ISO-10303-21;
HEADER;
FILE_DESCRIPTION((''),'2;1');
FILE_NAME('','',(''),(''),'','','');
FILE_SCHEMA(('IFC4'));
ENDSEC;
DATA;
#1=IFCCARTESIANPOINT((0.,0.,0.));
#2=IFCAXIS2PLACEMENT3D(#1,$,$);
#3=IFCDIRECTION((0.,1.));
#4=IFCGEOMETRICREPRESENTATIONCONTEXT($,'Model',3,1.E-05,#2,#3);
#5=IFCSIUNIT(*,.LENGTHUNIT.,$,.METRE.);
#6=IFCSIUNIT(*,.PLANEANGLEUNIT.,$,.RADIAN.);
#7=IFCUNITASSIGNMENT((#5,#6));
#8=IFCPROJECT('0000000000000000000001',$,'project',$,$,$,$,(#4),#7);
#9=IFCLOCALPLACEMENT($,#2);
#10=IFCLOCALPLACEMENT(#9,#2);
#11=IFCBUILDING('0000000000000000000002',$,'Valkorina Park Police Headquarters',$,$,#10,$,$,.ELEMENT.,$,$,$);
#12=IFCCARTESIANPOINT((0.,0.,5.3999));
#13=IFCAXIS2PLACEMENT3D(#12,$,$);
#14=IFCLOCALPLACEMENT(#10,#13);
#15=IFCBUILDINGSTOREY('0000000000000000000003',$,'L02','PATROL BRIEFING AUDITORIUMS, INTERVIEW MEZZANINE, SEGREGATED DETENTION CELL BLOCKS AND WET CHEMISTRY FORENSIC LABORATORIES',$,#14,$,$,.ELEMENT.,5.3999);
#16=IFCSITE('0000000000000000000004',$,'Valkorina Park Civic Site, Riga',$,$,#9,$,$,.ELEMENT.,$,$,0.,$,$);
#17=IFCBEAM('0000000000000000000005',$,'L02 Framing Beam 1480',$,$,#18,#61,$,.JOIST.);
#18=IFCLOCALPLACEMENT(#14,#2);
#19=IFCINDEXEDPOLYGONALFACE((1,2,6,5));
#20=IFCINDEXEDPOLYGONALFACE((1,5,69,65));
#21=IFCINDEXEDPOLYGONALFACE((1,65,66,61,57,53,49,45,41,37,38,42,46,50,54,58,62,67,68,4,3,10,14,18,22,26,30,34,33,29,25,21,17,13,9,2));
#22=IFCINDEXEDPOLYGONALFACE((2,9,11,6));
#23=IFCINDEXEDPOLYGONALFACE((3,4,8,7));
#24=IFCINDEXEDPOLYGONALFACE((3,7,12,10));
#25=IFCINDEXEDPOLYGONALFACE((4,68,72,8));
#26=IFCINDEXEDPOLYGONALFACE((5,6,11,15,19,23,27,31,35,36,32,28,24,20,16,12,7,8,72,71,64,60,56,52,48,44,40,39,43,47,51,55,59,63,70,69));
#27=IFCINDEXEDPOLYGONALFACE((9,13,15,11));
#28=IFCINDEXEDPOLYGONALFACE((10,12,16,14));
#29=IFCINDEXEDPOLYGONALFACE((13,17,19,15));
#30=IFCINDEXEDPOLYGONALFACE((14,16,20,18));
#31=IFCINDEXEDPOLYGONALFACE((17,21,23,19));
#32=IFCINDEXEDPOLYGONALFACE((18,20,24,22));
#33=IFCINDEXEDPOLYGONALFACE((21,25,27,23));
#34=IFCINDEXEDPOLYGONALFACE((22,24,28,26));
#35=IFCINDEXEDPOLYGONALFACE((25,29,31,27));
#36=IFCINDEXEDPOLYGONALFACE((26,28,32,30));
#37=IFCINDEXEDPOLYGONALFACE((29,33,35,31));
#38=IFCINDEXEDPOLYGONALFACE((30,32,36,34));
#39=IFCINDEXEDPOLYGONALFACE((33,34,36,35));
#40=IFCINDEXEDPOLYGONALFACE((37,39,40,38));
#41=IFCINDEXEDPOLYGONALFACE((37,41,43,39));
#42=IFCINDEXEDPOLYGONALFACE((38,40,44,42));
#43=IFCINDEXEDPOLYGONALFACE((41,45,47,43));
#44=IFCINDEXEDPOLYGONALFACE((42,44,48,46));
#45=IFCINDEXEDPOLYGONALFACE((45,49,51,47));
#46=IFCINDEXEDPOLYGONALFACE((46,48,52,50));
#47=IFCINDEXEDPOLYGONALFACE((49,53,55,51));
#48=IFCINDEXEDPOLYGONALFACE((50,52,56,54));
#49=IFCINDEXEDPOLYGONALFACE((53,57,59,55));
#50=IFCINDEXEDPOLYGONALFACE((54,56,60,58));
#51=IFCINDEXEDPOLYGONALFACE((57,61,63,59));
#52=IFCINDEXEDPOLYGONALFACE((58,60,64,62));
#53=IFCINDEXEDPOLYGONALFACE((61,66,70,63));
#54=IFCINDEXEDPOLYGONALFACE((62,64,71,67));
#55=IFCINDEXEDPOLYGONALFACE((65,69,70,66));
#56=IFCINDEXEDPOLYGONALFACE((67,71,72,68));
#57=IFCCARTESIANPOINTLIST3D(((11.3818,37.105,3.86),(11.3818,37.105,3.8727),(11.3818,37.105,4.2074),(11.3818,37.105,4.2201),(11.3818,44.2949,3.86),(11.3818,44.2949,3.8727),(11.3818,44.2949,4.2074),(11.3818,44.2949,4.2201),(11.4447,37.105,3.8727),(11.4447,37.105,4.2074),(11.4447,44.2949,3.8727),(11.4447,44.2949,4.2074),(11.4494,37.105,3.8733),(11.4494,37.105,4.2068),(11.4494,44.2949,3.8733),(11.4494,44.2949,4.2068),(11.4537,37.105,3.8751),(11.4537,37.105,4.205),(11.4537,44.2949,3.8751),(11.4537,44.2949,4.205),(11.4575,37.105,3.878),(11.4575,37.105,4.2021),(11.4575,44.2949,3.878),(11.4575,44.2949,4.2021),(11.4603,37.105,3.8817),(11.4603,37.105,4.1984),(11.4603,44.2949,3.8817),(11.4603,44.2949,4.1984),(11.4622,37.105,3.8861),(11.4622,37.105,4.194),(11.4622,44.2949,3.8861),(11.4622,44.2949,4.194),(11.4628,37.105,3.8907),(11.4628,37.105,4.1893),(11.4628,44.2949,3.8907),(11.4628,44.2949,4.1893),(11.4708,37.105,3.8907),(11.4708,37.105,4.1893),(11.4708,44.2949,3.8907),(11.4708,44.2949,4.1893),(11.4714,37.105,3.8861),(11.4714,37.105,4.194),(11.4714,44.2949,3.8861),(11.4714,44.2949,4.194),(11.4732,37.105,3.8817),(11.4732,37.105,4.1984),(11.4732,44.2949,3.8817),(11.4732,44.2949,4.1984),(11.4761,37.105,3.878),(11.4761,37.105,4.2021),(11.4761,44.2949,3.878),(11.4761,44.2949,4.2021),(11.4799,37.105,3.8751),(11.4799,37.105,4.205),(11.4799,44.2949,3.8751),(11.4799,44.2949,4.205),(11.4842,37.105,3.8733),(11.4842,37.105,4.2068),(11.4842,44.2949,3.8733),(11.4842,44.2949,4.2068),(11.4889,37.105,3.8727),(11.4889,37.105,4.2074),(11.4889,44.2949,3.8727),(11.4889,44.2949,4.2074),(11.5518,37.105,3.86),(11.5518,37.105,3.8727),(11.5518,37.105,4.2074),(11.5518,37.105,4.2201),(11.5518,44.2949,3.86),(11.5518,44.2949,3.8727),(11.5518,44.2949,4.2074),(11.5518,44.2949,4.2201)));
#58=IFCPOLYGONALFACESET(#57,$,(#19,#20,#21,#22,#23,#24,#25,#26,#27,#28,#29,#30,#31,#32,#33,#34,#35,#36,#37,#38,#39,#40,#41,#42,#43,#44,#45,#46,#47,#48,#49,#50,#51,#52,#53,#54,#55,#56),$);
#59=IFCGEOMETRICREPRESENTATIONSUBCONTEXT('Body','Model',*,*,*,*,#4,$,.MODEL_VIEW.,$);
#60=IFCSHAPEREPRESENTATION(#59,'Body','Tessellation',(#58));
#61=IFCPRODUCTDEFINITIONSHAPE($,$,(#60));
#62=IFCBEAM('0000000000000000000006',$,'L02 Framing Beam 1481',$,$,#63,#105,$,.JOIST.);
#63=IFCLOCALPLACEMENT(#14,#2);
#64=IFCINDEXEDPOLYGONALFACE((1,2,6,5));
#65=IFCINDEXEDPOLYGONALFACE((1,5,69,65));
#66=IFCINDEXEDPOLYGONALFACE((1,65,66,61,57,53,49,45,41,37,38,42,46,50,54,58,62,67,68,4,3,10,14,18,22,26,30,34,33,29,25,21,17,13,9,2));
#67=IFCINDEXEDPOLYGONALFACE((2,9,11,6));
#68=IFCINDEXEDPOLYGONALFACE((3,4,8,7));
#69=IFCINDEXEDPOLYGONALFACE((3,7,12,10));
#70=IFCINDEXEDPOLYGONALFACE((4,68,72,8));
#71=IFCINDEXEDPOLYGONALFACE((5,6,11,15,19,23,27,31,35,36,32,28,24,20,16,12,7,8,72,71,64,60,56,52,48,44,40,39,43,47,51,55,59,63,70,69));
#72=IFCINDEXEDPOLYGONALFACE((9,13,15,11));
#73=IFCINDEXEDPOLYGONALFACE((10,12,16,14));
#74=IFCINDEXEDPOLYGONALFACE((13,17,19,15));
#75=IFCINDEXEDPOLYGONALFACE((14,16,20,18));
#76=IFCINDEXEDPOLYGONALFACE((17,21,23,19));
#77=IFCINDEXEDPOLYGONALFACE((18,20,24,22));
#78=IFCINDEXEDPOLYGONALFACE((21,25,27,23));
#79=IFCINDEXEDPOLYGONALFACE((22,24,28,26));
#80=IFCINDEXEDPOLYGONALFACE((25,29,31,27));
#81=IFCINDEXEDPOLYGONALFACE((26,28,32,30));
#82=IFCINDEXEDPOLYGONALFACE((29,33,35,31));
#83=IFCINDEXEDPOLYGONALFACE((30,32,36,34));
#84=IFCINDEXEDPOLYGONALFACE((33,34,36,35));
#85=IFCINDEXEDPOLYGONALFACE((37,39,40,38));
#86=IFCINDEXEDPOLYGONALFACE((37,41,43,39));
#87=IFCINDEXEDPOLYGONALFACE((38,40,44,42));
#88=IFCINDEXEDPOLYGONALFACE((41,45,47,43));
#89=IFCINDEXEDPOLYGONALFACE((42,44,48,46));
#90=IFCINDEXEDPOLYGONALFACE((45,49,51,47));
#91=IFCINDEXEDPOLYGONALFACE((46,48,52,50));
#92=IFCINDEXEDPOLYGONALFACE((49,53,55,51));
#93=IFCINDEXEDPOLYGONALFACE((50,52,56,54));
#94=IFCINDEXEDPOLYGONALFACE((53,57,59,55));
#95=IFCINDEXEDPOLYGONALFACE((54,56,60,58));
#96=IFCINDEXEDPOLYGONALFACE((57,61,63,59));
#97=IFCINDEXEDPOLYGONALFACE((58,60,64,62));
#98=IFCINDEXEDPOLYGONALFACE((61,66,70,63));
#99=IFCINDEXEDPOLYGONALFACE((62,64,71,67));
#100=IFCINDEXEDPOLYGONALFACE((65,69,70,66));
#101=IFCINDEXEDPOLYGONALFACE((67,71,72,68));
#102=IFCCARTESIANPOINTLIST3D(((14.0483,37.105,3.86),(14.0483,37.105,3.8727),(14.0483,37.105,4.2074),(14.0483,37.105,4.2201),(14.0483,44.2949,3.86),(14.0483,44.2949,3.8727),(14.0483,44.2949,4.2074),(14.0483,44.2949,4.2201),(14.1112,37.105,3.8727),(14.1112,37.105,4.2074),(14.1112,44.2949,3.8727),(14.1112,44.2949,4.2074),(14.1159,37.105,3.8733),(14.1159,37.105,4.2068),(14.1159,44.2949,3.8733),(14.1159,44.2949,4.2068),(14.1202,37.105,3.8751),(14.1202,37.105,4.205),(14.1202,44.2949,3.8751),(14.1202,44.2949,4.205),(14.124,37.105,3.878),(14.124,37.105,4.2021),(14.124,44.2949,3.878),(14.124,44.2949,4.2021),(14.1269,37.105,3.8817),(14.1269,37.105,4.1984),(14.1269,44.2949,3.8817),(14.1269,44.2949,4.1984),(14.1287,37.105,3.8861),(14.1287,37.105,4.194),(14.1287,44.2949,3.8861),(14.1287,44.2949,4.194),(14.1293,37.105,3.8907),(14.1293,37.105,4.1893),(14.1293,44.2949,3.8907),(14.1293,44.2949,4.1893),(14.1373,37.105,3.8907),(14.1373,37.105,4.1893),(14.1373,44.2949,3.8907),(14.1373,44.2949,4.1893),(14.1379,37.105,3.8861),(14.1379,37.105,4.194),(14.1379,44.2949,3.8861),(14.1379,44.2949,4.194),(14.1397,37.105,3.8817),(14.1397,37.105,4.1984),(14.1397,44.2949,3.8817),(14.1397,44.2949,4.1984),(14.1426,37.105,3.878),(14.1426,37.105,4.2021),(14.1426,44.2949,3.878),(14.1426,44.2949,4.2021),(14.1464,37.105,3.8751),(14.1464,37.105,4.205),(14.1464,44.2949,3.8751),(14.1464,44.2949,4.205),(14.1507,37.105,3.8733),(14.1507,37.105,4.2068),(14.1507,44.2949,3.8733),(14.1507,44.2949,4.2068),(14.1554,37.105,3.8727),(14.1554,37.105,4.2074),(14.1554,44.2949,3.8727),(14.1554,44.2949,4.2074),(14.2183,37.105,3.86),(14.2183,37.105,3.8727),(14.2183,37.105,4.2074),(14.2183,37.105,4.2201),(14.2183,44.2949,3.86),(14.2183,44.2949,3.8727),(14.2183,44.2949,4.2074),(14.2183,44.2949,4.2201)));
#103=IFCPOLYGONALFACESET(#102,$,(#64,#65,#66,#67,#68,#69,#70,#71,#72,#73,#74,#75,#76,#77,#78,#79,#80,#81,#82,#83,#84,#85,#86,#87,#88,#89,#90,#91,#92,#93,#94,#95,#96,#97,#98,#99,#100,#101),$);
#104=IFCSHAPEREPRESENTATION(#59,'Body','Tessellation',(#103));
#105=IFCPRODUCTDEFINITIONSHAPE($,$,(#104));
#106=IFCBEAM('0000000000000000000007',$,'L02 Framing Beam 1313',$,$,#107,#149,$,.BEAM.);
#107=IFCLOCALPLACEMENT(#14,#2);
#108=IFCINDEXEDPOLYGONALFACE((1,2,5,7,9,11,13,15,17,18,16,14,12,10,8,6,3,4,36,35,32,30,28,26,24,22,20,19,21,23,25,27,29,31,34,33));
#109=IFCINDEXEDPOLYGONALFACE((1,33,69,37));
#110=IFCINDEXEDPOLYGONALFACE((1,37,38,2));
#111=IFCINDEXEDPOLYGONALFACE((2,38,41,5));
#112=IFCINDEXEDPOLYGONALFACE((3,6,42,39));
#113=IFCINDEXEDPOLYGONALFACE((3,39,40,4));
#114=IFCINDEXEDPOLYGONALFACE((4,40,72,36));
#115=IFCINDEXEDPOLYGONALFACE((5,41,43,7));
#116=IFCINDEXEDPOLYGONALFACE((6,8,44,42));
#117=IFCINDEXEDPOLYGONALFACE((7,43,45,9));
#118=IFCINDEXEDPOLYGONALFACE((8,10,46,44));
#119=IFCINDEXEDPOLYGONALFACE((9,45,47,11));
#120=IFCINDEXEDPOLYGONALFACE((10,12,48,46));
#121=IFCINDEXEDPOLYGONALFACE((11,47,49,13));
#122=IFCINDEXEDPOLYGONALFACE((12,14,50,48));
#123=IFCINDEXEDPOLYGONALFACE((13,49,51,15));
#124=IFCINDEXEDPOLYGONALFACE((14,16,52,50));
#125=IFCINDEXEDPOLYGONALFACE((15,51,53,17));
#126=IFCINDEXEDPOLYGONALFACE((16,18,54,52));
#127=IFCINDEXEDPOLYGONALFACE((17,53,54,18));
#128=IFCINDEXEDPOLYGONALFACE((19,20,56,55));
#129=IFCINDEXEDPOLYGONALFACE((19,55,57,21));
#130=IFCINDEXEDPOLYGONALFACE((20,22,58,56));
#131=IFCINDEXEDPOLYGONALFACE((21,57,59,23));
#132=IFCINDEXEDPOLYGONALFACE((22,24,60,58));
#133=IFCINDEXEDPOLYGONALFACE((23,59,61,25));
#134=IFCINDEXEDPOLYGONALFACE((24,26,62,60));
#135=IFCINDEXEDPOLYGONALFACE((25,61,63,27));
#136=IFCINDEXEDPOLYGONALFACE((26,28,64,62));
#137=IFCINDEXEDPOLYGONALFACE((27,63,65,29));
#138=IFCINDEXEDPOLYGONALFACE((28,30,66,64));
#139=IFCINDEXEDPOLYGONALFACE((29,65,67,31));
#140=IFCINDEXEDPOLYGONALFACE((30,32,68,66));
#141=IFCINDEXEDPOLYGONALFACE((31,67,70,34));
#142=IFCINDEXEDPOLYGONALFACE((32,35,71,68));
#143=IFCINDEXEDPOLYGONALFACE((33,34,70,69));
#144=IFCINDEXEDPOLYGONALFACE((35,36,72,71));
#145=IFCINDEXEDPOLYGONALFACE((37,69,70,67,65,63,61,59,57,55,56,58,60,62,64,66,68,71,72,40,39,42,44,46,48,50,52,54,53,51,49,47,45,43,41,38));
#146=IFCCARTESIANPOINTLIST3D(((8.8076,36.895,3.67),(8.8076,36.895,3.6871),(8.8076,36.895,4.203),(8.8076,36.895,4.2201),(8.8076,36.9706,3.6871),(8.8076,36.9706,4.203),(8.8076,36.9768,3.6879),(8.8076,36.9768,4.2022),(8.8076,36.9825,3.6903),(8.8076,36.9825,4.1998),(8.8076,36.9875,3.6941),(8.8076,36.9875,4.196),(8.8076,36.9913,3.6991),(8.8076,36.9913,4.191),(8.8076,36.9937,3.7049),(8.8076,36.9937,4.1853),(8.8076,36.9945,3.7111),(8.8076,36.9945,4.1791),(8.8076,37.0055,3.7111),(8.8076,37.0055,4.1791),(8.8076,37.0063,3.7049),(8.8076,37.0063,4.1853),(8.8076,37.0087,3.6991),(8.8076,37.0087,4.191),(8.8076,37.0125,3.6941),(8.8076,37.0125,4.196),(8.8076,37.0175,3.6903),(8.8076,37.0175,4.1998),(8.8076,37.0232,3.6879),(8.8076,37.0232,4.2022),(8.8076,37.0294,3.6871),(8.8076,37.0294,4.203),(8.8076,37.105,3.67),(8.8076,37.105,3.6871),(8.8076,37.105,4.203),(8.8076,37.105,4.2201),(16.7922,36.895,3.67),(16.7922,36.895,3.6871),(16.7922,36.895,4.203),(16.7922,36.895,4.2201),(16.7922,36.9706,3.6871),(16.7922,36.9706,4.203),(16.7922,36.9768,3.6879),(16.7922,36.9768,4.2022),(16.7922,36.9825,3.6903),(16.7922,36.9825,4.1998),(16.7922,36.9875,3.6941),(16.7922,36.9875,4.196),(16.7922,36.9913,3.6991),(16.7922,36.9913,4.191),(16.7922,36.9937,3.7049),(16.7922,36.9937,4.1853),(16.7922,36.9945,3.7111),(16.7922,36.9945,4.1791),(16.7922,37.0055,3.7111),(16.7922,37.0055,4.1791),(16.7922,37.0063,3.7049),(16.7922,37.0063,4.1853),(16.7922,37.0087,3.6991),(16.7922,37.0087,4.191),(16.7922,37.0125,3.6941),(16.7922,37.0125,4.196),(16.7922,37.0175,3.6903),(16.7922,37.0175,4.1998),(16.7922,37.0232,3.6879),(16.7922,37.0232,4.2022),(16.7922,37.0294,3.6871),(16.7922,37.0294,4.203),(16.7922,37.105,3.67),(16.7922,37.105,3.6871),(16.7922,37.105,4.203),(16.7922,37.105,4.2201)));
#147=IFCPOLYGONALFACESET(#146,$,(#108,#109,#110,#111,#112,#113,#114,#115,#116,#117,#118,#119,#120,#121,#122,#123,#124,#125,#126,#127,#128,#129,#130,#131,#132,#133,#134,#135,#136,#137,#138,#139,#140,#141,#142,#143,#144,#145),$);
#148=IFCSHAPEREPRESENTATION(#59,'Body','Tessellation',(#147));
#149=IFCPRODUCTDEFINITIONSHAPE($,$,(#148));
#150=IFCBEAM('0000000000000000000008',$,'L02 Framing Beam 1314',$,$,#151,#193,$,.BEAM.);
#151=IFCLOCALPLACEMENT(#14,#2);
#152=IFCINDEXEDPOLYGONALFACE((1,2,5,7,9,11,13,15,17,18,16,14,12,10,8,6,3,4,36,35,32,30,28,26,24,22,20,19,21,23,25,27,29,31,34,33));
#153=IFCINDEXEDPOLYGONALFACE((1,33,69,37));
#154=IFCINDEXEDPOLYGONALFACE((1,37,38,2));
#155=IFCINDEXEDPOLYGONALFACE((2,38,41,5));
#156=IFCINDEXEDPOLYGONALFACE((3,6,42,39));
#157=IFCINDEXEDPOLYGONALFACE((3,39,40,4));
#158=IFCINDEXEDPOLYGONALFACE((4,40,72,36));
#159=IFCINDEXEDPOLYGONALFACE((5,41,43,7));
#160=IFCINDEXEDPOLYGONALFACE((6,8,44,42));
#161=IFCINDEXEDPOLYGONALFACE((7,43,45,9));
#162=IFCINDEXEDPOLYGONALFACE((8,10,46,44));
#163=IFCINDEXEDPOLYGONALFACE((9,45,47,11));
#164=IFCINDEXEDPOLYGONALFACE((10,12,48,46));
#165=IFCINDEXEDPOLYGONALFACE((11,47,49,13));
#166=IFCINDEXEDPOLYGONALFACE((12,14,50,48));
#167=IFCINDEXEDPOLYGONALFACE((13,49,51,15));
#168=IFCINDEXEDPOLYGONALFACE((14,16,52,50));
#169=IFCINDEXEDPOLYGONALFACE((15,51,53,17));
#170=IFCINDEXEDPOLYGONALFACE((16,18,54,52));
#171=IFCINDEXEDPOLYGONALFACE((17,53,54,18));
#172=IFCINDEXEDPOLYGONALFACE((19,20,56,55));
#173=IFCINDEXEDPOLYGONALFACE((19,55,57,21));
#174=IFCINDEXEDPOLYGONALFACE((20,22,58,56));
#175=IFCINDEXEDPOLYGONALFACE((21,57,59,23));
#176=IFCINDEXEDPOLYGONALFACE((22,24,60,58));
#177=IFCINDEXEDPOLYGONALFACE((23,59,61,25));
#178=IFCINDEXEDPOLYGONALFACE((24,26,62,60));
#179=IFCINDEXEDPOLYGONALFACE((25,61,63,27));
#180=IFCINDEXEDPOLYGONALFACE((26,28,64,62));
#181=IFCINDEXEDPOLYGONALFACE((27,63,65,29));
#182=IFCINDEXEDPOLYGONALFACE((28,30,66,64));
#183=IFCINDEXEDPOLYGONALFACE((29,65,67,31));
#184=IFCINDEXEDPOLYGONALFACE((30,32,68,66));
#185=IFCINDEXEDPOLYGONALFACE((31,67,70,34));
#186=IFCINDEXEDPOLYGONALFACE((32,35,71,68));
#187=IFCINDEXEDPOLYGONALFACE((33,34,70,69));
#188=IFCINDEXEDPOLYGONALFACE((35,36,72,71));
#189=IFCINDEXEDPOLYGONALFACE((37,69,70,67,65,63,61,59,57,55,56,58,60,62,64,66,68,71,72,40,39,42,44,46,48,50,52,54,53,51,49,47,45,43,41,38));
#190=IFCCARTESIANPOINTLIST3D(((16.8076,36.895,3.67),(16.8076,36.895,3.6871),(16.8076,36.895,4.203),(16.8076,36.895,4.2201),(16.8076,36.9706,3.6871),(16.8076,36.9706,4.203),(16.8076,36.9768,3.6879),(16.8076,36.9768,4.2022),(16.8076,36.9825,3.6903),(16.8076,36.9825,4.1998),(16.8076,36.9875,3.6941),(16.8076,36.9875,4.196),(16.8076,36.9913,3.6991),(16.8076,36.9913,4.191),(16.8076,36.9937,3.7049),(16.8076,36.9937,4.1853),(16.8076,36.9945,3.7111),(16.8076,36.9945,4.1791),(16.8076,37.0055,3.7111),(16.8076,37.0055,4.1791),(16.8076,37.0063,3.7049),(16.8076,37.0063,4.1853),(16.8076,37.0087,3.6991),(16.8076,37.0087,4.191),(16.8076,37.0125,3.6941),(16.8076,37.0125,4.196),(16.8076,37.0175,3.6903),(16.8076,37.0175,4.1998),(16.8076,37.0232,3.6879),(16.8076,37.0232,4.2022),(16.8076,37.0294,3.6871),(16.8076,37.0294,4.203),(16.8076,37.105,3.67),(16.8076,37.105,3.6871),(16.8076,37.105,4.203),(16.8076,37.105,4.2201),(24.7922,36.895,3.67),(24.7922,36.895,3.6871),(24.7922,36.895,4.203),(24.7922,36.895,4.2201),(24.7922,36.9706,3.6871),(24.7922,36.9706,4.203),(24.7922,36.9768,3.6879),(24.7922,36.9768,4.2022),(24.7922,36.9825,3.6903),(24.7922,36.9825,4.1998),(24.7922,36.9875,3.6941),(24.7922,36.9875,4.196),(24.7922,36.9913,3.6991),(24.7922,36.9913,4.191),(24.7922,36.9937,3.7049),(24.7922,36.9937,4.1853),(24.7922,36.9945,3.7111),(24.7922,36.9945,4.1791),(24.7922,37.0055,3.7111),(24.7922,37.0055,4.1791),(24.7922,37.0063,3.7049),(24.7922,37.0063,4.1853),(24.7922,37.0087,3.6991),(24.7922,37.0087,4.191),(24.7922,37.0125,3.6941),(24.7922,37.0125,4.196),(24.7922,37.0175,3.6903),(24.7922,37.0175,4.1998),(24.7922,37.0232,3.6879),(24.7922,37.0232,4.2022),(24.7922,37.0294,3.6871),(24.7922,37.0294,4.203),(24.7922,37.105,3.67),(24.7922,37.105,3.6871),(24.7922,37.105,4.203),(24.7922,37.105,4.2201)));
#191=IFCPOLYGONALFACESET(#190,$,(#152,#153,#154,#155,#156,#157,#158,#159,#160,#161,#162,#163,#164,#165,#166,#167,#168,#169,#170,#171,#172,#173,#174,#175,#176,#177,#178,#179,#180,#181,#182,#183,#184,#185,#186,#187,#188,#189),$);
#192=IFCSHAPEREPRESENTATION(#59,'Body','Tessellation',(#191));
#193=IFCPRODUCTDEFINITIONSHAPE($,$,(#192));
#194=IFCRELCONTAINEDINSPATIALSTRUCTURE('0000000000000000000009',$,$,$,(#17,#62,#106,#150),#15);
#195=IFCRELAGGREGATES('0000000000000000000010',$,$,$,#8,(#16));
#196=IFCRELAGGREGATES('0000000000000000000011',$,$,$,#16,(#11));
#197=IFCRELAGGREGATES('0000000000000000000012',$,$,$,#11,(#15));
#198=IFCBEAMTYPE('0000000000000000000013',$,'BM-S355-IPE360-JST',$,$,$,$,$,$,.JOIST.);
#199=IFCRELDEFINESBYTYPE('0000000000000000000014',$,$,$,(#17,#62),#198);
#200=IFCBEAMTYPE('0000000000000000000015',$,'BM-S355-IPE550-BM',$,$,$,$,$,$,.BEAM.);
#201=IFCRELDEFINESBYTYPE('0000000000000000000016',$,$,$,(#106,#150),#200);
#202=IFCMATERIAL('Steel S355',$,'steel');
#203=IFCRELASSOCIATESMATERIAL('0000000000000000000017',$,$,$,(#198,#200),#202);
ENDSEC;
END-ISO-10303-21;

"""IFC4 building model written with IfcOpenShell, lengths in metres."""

from ifc_helpers import new_model, si_unit, direction, frame, origin, origin_2d, place, context, subcontext, project, spatial, i_section, extrude, material, material_profile, profile_set, type_object, element, save


model = new_model("IFC4")

# Units and contexts
model_context = context("Model", 3, precision=1e-05, world=origin(), true_north=direction((0.0, 1.0)))
body_context = subcontext(model_context, "Body", "Model", "MODEL_VIEW")
ifc_project = project(units=[si_unit("LENGTHUNIT", "METRE"), si_unit("PLANEANGLEUNIT", "RADIAN")], contexts=[model_context])

# Site, building, storey
site_placement = place(None, origin())
site = spatial("IfcSite", under=ifc_project, at=site_placement, Name="Valkorina Park Civic Site, Riga", CompositionType="ELEMENT", RefElevation=0.0)
building_placement = place(site_placement, origin())
building = spatial("IfcBuilding", under=site, at=building_placement, Name="Valkorina Park Police Headquarters", CompositionType="ELEMENT")
storey_placement = place(building_placement, frame((0.0, 0.0, 5.3999)))
storey = spatial("IfcBuildingStorey", under=building, at=storey_placement, Name="L02", Description="PATROL BRIEFING AUDITORIUMS, INTERVIEW MEZZANINE, SEGREGATED DETENTION CELL BLOCKS AND WET CHEMISTRY FORENSIC LABORATORIES", CompositionType="ELEMENT", Elevation=5.3999)

# Shared definitions
ifc_material_1 = material(Name="Steel S355", Category="steel")

# Beams
ifc_material_profile_1 = material_profile(ifc_material_1, i_section(OverallWidth=0.1699, OverallDepth=0.3601, WebThickness=0.0081, FlangeThickness=0.0127, FilletRadius=0.0181, at=origin_2d()), Name="IPE 360")
ifc_profile_set_1 = profile_set([ifc_material_profile_1], Name="Steel S355")
beam_type_1 = type_object("IfcBeamType", Name="BM-S355-IPE360-JST", PredefinedType="JOIST", material=ifc_profile_set_1)
for number, where, z_axis, x_axis, name in (
    (1, (11.4668, 37.105, 4.04), (0.0, 1.0, 0.0), (-1.0, 0.0, 0.0), "L02 Framing Beam 1480"),
    (2, (14.1333, 37.105, 4.04), (0.0, 1.0, 0.0), (-1.0, 0.0, 0.0), "L02 Framing Beam 1481"),
):
    element("IfcBeam", number, at=place(storey_placement, frame(where, z_axis=z_axis, x_axis=x_axis)), inside=storey, type_object=beam_type_1, Name=name, PredefinedType="JOIST", context=body_context, shape_type="SweptSolid", body=[
        extrude(i_section(OverallWidth=0.1699, OverallDepth=0.3601, WebThickness=0.0081, FlangeThickness=0.0127, FilletRadius=0.0181, at=origin_2d()), origin(), (0.0, 0.0, 1.0), 7.1899),
    ])
ifc_material_profile_2 = material_profile(ifc_material_1, i_section(OverallWidth=0.21, OverallDepth=0.55, WebThickness=0.011, FlangeThickness=0.0171, FilletRadius=0.0239, at=origin_2d()), Name="IPE 550")
ifc_profile_set_2 = profile_set([ifc_material_profile_2], Name="Steel S355")
beam_type_2 = type_object("IfcBeamType", Name="BM-S355-IPE550-BM", PredefinedType="BEAM", material=ifc_profile_set_2)
for number, where, z_axis, x_axis, name in (
    (3, (8.8076, 37.0, 3.9451), (1.0, 0.0, 0.0), (0.0, 1.0, 0.0), "L02 Framing Beam 1313"),
    (4, (16.8076, 37.0, 3.9451), (1.0, 0.0, 0.0), (0.0, 1.0, 0.0), "L02 Framing Beam 1314"),
):
    element("IfcBeam", number, at=place(storey_placement, frame(where, z_axis=z_axis, x_axis=x_axis)), inside=storey, type_object=beam_type_2, Name=name, PredefinedType="BEAM", context=body_context, shape_type="SweptSolid", body=[
        extrude(i_section(OverallWidth=0.21, OverallDepth=0.55, WebThickness=0.011, FlangeThickness=0.0171, FilletRadius=0.0239, at=origin_2d()), origin(), (0.0, 0.0, 1.0), 7.9846),
    ])

save(model, "model.ifc")
